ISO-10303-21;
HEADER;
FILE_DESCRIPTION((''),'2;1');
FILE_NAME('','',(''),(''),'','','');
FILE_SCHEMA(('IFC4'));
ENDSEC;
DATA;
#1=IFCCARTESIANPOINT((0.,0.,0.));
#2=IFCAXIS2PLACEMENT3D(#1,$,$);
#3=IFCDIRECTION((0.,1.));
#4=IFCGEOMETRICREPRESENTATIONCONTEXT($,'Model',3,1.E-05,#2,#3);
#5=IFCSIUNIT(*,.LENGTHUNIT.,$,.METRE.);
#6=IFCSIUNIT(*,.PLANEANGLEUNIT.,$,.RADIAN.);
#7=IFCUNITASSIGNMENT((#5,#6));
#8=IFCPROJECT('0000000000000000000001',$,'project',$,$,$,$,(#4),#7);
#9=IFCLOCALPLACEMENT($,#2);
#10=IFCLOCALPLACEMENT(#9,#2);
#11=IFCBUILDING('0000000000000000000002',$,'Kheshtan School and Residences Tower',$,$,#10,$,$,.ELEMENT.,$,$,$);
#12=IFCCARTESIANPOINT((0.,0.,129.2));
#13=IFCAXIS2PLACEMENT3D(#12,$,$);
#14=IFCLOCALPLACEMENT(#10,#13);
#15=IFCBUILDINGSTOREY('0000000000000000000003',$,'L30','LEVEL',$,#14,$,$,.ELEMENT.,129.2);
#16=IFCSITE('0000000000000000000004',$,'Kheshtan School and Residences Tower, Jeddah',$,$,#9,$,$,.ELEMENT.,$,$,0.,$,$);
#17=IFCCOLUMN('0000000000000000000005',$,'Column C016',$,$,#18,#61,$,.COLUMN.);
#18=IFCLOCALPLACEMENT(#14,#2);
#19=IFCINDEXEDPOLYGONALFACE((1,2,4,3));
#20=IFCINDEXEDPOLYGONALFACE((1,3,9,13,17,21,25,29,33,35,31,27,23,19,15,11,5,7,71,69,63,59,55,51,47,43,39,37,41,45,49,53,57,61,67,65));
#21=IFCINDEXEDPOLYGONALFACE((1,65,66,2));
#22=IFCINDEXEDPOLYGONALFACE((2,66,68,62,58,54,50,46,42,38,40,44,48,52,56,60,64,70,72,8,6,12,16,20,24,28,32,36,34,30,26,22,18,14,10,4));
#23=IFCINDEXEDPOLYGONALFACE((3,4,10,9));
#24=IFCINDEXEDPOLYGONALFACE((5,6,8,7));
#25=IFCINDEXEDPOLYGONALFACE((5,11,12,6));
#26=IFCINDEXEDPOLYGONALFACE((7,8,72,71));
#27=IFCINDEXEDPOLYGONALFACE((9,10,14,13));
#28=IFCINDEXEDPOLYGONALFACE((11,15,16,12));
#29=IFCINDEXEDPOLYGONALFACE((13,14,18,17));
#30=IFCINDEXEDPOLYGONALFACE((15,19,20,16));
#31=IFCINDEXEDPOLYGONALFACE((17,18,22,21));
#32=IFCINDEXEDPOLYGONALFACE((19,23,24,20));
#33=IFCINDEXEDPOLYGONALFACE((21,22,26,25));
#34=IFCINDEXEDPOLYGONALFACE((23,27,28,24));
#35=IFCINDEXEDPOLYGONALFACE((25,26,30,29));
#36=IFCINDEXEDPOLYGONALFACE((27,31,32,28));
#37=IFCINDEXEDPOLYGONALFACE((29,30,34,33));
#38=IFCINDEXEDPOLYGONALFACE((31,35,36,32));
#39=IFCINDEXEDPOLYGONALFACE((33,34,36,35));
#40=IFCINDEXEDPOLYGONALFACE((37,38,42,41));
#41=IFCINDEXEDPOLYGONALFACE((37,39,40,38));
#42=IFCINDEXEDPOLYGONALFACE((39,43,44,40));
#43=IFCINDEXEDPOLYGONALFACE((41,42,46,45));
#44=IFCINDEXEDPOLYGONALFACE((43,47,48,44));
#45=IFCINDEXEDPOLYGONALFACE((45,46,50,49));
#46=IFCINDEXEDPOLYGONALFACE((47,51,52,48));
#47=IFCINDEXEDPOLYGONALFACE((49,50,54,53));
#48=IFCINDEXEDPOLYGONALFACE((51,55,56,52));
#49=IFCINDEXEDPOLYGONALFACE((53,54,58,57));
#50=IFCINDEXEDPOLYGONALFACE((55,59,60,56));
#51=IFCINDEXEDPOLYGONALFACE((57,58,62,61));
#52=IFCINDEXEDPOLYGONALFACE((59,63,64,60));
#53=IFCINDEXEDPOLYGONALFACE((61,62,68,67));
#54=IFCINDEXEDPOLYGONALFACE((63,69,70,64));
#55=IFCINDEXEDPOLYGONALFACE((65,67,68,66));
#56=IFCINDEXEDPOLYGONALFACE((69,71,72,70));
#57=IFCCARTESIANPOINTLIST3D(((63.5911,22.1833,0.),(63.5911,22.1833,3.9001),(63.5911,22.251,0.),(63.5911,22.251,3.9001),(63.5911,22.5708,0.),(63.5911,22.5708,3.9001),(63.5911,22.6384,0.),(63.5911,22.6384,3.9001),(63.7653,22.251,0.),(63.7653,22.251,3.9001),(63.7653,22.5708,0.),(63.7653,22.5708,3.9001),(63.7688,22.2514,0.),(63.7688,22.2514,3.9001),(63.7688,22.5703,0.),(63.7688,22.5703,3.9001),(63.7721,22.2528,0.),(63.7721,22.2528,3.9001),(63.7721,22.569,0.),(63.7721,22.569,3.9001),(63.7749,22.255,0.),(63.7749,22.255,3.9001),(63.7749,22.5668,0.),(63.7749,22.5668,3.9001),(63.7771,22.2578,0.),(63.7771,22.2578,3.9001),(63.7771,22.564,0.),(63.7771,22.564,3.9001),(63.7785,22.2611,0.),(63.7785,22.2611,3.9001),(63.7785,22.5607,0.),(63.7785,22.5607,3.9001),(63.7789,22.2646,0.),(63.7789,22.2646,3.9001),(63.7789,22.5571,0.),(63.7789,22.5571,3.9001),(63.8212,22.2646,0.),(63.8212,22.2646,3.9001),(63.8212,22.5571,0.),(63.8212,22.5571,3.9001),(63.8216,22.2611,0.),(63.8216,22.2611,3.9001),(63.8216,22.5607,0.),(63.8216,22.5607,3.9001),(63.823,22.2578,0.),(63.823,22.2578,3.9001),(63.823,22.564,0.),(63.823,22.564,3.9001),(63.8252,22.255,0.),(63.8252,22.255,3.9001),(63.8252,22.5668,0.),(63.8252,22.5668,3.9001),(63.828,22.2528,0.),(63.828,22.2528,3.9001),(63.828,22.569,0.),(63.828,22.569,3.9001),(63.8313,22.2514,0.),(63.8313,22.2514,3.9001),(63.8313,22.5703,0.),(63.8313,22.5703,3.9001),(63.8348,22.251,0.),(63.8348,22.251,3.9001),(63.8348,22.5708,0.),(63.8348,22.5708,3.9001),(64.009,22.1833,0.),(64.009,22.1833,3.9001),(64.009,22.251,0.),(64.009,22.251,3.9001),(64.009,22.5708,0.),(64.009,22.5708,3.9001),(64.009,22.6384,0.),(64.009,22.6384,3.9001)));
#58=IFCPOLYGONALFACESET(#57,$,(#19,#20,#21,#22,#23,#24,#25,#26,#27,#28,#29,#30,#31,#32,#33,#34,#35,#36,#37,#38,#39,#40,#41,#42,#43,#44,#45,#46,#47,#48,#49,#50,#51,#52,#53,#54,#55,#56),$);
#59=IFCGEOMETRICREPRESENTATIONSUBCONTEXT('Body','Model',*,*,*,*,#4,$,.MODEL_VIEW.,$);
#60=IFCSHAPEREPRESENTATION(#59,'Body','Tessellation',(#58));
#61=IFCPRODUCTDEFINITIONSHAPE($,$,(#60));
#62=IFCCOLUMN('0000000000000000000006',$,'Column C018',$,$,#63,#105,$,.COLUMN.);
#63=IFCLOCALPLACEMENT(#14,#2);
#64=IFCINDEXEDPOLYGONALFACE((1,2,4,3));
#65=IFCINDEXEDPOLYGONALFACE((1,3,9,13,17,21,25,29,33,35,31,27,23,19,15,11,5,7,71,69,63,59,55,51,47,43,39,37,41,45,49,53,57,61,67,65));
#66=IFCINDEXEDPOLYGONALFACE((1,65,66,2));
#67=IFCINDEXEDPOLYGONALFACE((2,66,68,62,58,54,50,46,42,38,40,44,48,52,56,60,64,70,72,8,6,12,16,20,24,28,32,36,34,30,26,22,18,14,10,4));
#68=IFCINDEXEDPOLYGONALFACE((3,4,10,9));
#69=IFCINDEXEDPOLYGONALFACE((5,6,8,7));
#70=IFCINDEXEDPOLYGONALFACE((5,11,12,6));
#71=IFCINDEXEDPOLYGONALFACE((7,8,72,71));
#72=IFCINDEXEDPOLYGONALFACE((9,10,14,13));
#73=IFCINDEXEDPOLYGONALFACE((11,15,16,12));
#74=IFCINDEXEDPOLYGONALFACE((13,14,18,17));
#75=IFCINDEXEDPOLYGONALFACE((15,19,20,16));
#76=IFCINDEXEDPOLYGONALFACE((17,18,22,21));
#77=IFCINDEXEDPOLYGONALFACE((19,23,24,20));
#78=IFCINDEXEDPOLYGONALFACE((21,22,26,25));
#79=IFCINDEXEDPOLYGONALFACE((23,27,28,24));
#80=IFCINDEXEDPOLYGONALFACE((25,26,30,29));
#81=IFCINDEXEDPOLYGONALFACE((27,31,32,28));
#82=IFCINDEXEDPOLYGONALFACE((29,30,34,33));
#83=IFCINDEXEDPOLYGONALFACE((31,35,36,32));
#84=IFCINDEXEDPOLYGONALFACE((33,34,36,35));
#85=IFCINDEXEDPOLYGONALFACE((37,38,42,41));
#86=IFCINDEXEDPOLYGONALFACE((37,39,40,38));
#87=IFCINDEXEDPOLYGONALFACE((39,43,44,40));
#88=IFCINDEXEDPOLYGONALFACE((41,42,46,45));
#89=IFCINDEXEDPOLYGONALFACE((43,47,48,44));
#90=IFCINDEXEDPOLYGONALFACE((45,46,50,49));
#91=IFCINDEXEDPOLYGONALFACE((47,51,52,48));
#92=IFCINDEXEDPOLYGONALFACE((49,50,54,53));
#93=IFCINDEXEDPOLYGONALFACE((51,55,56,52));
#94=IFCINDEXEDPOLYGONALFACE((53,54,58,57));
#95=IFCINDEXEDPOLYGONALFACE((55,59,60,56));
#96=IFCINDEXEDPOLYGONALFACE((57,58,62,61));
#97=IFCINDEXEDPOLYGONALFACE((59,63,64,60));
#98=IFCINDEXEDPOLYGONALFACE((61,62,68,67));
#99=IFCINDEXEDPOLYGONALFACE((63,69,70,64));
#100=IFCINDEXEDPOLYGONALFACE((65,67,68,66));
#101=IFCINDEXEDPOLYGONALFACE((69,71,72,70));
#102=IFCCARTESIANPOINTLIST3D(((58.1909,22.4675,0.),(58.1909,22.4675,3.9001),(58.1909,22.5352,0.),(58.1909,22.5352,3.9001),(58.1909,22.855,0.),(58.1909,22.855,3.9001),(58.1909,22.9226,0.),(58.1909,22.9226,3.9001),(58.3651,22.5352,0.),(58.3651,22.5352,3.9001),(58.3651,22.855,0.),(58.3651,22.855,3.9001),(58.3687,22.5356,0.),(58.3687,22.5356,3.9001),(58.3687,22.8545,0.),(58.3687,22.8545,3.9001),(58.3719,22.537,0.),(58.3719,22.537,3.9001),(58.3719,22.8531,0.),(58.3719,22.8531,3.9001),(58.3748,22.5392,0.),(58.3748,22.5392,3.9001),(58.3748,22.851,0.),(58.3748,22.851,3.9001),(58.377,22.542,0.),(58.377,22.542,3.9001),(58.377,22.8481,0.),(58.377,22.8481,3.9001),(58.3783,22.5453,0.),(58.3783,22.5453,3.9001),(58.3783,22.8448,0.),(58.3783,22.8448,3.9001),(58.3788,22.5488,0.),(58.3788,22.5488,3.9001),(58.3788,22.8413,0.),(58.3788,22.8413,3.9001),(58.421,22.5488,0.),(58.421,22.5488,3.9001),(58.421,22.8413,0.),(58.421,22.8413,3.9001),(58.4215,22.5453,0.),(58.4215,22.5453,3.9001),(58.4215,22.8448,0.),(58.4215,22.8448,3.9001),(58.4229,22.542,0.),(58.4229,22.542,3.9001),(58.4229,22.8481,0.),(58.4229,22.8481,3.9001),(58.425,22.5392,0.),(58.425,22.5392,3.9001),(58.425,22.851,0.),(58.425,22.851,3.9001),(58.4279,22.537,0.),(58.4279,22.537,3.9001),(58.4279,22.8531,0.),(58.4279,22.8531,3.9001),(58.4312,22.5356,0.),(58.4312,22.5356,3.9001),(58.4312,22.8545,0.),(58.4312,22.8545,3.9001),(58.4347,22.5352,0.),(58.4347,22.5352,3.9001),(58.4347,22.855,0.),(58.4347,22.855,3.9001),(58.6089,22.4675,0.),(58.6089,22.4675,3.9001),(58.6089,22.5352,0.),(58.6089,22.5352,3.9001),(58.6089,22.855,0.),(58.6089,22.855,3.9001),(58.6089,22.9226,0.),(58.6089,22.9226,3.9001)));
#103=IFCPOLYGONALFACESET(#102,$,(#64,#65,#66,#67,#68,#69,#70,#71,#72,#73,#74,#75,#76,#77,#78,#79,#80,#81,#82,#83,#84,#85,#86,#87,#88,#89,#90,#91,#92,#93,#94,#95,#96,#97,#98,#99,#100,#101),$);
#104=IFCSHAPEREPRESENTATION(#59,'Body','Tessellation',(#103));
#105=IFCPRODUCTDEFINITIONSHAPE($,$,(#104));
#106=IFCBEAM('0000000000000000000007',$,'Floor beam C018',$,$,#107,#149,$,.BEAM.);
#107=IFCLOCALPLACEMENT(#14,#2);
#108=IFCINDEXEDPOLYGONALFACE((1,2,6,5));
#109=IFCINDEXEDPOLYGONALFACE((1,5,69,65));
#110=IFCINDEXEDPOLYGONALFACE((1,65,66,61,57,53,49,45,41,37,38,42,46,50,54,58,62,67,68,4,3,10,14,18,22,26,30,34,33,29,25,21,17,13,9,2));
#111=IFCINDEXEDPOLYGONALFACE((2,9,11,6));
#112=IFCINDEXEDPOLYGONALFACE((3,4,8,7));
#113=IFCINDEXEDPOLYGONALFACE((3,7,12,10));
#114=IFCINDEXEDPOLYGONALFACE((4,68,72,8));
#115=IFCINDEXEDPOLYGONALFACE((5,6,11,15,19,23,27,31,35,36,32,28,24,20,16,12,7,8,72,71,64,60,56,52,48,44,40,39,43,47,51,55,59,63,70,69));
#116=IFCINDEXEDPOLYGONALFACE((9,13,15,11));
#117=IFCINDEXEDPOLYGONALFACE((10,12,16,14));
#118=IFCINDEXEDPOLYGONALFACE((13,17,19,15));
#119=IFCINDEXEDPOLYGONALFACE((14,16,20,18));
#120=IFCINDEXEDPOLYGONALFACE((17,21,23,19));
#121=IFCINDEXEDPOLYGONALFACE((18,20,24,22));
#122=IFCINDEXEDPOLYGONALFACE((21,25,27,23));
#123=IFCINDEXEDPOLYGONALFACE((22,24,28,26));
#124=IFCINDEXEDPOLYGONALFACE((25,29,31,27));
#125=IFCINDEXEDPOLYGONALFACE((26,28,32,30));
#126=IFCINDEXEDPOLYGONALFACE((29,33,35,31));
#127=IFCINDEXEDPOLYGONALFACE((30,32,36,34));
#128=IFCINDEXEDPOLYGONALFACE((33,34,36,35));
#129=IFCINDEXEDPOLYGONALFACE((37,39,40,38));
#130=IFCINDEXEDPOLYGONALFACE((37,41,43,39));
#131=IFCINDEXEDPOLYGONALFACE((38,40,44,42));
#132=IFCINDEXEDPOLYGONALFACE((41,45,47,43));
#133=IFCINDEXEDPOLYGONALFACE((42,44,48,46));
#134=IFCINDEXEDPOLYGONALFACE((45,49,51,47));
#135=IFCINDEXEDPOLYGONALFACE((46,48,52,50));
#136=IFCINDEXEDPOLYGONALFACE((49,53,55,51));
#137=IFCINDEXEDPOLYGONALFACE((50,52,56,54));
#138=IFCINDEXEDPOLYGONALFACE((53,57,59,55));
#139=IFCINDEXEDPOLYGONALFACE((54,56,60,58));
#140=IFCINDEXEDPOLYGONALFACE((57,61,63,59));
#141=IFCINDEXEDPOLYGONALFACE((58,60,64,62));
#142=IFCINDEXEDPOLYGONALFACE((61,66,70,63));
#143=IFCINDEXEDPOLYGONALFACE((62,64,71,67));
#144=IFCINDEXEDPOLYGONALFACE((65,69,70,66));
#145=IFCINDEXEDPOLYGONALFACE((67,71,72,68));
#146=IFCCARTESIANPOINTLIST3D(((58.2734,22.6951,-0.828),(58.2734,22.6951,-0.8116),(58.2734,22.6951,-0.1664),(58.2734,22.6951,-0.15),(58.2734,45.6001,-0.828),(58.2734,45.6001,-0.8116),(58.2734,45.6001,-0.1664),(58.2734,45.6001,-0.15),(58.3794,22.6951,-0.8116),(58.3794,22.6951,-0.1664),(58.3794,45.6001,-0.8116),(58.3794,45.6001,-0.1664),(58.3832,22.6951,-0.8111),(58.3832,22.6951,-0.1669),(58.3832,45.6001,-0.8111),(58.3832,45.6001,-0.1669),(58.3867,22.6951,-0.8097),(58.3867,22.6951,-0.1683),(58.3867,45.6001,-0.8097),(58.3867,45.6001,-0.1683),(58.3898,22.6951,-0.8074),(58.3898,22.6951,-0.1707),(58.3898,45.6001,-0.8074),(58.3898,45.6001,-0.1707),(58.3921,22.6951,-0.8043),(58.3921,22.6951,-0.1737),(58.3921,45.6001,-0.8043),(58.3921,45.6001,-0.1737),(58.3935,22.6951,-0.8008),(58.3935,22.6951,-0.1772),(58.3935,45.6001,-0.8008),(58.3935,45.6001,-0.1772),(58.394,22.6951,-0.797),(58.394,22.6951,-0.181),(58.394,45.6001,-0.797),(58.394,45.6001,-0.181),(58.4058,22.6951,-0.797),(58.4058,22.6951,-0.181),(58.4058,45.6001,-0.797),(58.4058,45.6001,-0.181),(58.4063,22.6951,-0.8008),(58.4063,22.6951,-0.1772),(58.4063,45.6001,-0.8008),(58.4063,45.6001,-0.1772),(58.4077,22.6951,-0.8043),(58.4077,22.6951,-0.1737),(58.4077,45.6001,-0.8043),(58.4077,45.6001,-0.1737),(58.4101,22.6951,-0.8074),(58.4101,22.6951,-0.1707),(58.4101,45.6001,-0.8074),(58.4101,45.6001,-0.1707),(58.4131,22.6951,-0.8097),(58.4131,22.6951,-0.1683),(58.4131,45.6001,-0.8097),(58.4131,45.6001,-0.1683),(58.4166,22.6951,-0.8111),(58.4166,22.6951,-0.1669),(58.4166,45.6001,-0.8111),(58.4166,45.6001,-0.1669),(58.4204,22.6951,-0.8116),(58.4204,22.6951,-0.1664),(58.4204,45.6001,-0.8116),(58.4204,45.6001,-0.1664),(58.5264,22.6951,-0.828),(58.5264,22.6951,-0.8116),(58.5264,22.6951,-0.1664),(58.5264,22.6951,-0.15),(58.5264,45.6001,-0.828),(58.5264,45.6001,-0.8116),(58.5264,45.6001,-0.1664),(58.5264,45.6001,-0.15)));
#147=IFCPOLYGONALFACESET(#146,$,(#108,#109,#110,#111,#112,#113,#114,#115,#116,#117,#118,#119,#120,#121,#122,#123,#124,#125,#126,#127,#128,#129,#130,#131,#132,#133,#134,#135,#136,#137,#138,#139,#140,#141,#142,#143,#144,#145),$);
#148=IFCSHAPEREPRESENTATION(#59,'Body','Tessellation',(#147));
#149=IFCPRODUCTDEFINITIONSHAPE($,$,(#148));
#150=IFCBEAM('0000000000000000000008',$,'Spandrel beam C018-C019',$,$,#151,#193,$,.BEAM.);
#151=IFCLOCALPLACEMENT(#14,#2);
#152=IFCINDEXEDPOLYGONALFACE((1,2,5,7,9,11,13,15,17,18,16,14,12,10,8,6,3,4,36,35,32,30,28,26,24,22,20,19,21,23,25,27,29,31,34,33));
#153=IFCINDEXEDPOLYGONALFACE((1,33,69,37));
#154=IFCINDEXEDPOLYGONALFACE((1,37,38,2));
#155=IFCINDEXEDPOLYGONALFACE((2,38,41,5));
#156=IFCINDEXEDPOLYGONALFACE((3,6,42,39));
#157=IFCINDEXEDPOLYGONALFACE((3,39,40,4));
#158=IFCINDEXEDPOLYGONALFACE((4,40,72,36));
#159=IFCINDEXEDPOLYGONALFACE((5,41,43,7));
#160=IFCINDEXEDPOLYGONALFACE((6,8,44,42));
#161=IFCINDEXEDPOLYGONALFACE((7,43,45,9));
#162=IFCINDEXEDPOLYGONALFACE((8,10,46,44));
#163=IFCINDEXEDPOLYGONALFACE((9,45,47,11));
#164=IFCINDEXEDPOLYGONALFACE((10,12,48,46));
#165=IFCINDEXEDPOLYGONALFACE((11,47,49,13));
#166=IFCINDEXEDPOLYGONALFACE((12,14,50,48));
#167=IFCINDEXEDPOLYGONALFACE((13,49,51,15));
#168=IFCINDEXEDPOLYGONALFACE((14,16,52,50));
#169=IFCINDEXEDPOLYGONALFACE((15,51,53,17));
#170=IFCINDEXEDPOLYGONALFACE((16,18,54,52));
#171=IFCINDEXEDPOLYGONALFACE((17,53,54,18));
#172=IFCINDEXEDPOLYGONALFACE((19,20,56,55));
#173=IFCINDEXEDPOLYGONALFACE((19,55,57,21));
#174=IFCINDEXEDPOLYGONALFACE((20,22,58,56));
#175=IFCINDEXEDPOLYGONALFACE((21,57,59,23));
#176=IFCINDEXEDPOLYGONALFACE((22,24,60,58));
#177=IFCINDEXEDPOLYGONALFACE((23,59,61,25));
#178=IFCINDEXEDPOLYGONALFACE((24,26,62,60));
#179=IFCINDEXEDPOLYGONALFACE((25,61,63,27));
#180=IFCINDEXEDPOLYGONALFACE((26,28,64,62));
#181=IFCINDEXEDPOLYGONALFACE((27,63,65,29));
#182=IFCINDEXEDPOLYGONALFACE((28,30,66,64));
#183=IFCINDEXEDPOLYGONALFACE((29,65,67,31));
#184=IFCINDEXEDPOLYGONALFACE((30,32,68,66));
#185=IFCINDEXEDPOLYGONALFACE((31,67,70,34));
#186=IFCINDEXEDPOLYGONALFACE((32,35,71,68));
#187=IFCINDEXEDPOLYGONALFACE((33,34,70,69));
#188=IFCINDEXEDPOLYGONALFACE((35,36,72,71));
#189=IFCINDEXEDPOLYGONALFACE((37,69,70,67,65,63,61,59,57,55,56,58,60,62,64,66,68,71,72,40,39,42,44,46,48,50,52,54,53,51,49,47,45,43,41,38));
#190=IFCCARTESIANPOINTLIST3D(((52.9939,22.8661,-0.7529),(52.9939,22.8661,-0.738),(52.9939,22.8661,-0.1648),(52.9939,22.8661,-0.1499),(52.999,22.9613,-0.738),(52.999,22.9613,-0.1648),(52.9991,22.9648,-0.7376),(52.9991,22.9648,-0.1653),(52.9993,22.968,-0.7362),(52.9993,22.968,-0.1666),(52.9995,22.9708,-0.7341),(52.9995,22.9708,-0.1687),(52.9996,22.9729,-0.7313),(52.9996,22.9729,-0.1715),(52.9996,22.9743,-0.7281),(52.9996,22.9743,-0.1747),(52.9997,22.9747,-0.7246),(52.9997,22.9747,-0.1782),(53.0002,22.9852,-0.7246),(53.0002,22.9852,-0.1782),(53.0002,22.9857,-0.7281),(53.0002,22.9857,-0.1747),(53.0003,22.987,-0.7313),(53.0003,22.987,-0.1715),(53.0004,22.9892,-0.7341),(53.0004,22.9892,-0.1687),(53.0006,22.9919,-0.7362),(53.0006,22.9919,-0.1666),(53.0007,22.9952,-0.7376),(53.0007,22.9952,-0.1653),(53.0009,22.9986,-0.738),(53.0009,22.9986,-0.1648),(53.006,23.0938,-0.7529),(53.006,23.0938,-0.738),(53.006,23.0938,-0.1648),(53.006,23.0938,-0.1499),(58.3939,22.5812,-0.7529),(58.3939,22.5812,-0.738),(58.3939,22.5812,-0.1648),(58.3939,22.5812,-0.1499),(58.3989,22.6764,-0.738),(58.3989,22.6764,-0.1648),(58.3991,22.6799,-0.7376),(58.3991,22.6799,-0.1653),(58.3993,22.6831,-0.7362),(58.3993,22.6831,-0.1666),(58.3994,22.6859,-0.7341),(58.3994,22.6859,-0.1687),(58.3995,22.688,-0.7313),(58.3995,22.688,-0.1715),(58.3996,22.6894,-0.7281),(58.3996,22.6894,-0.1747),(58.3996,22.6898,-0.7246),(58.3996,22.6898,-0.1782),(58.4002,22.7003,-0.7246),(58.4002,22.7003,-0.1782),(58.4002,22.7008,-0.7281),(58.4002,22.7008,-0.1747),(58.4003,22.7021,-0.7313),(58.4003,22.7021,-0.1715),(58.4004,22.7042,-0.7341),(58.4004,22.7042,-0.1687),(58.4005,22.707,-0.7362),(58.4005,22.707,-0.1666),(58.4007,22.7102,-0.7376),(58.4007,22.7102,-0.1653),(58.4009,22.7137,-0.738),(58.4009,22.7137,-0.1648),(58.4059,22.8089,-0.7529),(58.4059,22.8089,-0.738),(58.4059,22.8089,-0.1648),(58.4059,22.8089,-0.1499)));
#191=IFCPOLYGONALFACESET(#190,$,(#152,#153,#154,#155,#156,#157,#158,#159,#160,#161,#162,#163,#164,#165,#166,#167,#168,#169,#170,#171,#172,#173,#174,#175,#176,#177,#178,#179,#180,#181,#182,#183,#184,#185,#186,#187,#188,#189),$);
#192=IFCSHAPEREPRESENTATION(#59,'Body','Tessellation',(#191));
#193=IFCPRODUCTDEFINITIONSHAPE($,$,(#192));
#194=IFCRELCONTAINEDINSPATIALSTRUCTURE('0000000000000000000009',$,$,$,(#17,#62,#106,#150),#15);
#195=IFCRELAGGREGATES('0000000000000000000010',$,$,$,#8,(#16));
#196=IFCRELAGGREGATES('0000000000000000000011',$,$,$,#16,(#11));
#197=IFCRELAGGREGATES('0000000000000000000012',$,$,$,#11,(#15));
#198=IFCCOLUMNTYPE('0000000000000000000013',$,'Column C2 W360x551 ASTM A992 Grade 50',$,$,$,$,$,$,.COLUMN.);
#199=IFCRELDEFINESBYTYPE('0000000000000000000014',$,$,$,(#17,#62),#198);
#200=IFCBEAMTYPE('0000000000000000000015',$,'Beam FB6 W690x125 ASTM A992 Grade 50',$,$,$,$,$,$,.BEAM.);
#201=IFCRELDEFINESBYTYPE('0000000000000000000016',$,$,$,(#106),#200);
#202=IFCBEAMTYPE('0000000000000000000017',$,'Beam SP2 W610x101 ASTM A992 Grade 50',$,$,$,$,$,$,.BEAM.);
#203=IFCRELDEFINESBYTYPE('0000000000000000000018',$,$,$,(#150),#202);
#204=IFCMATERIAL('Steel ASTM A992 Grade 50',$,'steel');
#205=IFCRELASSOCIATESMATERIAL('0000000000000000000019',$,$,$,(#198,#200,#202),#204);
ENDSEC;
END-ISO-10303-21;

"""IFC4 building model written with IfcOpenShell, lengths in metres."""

from ifc_helpers import new_model, si_unit, direction, frame, origin, origin_2d, place, context, subcontext, project, spatial, i_section, extrude, material, material_profile, profile_set, type_object, element, save


model = new_model("IFC4")

# Units and contexts
model_context = context("Model", 3, precision=1e-05, world=origin(), true_north=direction((0.0, 1.0)))
body_context = subcontext(model_context, "Body", "Model", "MODEL_VIEW")
ifc_project = project(units=[si_unit("LENGTHUNIT", "METRE"), si_unit("PLANEANGLEUNIT", "RADIAN")], contexts=[model_context])

# Site, building, storey
site_placement = place(None, origin())
site = spatial("IfcSite", under=ifc_project, at=site_placement, Name="Kheshtan School and Residences Tower, Jeddah", CompositionType="ELEMENT", RefElevation=0.0)
building_placement = place(site_placement, origin())
building = spatial("IfcBuilding", under=site, at=building_placement, Name="Kheshtan School and Residences Tower", CompositionType="ELEMENT")
storey_placement = place(building_placement, frame((0.0, 0.0, 129.2)))
storey = spatial("IfcBuildingStorey", under=building, at=storey_placement, Name="L30", Description="LEVEL", CompositionType="ELEMENT", Elevation=129.2)

# Columns
ifc_material_1 = material(Name="Steel ASTM A992 Grade 50", Category="steel")
ifc_material_profile_1 = material_profile(ifc_material_1, i_section(OverallWidth=0.418, OverallDepth=0.4551, WebThickness=0.0422, FlangeThickness=0.0676, FilletRadius=0.0137, at=origin_2d()), Name="W360x551")
ifc_profile_set_1 = profile_set([ifc_material_profile_1], Name="Steel ASTM A992 Grade 50")
column_type = type_object("IfcColumnType", Name="Column C2 W360x551 ASTM A992 Grade 50", PredefinedType="COLUMN", material=ifc_profile_set_1)
for number, where, z_axis, x_axis, name in (
    (1, (63.8, 22.4109, 0.0), (0.0, 0.0, 1.0), (1.0, 0.0, 0.0), "Column C016"),
    (2, (58.3999, 22.6951, 0.0), (0.0, 0.0, 1.0), (1.0, 0.0, 0.0), "Column C018"),
):
    element("IfcColumn", number, at=place(storey_placement, frame(where, z_axis=z_axis, x_axis=x_axis)), inside=storey, type_object=column_type, Name=name, PredefinedType="COLUMN", context=body_context, shape_type="SweptSolid", body=[
        extrude(i_section(OverallWidth=0.418, OverallDepth=0.4551, WebThickness=0.0422, FlangeThickness=0.0676, FilletRadius=0.0137, at=origin_2d()), origin(), (0.0, 0.0, 1.0), 3.9001),
    ])

# Beams
ifc_material_profile_2 = material_profile(ifc_material_1, i_section(OverallWidth=0.2529, OverallDepth=0.678, WebThickness=0.0117, FlangeThickness=0.0164, FilletRadius=0.0146, at=origin_2d()), Name="W690x125")
ifc_profile_set_2 = profile_set([ifc_material_profile_2], Name="Steel ASTM A992 Grade 50")
beam_type_1 = type_object("IfcBeamType", Name="Beam FB6 W690x125 ASTM A992 Grade 50", PredefinedType="BEAM", material=ifc_profile_set_2)
beam_1_placement = place(storey_placement, frame((58.3999, 22.6951, -0.489), z_axis=(0.0, 1.0, 0.0), x_axis=(-1.0, 0.0, 0.0)))
element("IfcBeam", 3, at=beam_1_placement, inside=storey, type_object=beam_type_1, Name="Floor beam C018", PredefinedType="BEAM", context=body_context, shape_type="SweptSolid", body=[
    extrude(i_section(OverallWidth=0.2529, OverallDepth=0.678, WebThickness=0.0117, FlangeThickness=0.0164, FilletRadius=0.0146, at=origin_2d()), origin(), (0.0, 0.0, 1.0), 22.905),
])
ifc_material_profile_3 = material_profile(ifc_material_1, i_section(OverallWidth=0.228, OverallDepth=0.603, WebThickness=0.0105, FlangeThickness=0.0149, FilletRadius=0.0134, at=origin_2d()), Name="W610x101")
ifc_profile_set_3 = profile_set([ifc_material_profile_3], Name="Steel ASTM A992 Grade 50")
beam_type_2 = type_object("IfcBeamType", Name="Beam SP2 W610x101 ASTM A992 Grade 50", PredefinedType="BEAM", material=ifc_profile_set_3)
beam_2_placement = place(storey_placement, frame((58.3999, 22.6951, -0.4514), z_axis=(-0.998611, 0.052689, 0.0), x_axis=(-0.052689, -0.998611, 0.0)))
element("IfcBeam", 4, at=beam_2_placement, inside=storey, type_object=beam_type_2, Name="Spandrel beam C018-C019", PredefinedType="BEAM", context=body_context, shape_type="SweptSolid", body=[
    extrude(i_section(OverallWidth=0.228, OverallDepth=0.603, WebThickness=0.0105, FlangeThickness=0.0149, FilletRadius=0.0134, at=origin_2d()), origin(), (0.0, 0.0, 1.0), 5.4075),
])

save(model, "model.ifc")
